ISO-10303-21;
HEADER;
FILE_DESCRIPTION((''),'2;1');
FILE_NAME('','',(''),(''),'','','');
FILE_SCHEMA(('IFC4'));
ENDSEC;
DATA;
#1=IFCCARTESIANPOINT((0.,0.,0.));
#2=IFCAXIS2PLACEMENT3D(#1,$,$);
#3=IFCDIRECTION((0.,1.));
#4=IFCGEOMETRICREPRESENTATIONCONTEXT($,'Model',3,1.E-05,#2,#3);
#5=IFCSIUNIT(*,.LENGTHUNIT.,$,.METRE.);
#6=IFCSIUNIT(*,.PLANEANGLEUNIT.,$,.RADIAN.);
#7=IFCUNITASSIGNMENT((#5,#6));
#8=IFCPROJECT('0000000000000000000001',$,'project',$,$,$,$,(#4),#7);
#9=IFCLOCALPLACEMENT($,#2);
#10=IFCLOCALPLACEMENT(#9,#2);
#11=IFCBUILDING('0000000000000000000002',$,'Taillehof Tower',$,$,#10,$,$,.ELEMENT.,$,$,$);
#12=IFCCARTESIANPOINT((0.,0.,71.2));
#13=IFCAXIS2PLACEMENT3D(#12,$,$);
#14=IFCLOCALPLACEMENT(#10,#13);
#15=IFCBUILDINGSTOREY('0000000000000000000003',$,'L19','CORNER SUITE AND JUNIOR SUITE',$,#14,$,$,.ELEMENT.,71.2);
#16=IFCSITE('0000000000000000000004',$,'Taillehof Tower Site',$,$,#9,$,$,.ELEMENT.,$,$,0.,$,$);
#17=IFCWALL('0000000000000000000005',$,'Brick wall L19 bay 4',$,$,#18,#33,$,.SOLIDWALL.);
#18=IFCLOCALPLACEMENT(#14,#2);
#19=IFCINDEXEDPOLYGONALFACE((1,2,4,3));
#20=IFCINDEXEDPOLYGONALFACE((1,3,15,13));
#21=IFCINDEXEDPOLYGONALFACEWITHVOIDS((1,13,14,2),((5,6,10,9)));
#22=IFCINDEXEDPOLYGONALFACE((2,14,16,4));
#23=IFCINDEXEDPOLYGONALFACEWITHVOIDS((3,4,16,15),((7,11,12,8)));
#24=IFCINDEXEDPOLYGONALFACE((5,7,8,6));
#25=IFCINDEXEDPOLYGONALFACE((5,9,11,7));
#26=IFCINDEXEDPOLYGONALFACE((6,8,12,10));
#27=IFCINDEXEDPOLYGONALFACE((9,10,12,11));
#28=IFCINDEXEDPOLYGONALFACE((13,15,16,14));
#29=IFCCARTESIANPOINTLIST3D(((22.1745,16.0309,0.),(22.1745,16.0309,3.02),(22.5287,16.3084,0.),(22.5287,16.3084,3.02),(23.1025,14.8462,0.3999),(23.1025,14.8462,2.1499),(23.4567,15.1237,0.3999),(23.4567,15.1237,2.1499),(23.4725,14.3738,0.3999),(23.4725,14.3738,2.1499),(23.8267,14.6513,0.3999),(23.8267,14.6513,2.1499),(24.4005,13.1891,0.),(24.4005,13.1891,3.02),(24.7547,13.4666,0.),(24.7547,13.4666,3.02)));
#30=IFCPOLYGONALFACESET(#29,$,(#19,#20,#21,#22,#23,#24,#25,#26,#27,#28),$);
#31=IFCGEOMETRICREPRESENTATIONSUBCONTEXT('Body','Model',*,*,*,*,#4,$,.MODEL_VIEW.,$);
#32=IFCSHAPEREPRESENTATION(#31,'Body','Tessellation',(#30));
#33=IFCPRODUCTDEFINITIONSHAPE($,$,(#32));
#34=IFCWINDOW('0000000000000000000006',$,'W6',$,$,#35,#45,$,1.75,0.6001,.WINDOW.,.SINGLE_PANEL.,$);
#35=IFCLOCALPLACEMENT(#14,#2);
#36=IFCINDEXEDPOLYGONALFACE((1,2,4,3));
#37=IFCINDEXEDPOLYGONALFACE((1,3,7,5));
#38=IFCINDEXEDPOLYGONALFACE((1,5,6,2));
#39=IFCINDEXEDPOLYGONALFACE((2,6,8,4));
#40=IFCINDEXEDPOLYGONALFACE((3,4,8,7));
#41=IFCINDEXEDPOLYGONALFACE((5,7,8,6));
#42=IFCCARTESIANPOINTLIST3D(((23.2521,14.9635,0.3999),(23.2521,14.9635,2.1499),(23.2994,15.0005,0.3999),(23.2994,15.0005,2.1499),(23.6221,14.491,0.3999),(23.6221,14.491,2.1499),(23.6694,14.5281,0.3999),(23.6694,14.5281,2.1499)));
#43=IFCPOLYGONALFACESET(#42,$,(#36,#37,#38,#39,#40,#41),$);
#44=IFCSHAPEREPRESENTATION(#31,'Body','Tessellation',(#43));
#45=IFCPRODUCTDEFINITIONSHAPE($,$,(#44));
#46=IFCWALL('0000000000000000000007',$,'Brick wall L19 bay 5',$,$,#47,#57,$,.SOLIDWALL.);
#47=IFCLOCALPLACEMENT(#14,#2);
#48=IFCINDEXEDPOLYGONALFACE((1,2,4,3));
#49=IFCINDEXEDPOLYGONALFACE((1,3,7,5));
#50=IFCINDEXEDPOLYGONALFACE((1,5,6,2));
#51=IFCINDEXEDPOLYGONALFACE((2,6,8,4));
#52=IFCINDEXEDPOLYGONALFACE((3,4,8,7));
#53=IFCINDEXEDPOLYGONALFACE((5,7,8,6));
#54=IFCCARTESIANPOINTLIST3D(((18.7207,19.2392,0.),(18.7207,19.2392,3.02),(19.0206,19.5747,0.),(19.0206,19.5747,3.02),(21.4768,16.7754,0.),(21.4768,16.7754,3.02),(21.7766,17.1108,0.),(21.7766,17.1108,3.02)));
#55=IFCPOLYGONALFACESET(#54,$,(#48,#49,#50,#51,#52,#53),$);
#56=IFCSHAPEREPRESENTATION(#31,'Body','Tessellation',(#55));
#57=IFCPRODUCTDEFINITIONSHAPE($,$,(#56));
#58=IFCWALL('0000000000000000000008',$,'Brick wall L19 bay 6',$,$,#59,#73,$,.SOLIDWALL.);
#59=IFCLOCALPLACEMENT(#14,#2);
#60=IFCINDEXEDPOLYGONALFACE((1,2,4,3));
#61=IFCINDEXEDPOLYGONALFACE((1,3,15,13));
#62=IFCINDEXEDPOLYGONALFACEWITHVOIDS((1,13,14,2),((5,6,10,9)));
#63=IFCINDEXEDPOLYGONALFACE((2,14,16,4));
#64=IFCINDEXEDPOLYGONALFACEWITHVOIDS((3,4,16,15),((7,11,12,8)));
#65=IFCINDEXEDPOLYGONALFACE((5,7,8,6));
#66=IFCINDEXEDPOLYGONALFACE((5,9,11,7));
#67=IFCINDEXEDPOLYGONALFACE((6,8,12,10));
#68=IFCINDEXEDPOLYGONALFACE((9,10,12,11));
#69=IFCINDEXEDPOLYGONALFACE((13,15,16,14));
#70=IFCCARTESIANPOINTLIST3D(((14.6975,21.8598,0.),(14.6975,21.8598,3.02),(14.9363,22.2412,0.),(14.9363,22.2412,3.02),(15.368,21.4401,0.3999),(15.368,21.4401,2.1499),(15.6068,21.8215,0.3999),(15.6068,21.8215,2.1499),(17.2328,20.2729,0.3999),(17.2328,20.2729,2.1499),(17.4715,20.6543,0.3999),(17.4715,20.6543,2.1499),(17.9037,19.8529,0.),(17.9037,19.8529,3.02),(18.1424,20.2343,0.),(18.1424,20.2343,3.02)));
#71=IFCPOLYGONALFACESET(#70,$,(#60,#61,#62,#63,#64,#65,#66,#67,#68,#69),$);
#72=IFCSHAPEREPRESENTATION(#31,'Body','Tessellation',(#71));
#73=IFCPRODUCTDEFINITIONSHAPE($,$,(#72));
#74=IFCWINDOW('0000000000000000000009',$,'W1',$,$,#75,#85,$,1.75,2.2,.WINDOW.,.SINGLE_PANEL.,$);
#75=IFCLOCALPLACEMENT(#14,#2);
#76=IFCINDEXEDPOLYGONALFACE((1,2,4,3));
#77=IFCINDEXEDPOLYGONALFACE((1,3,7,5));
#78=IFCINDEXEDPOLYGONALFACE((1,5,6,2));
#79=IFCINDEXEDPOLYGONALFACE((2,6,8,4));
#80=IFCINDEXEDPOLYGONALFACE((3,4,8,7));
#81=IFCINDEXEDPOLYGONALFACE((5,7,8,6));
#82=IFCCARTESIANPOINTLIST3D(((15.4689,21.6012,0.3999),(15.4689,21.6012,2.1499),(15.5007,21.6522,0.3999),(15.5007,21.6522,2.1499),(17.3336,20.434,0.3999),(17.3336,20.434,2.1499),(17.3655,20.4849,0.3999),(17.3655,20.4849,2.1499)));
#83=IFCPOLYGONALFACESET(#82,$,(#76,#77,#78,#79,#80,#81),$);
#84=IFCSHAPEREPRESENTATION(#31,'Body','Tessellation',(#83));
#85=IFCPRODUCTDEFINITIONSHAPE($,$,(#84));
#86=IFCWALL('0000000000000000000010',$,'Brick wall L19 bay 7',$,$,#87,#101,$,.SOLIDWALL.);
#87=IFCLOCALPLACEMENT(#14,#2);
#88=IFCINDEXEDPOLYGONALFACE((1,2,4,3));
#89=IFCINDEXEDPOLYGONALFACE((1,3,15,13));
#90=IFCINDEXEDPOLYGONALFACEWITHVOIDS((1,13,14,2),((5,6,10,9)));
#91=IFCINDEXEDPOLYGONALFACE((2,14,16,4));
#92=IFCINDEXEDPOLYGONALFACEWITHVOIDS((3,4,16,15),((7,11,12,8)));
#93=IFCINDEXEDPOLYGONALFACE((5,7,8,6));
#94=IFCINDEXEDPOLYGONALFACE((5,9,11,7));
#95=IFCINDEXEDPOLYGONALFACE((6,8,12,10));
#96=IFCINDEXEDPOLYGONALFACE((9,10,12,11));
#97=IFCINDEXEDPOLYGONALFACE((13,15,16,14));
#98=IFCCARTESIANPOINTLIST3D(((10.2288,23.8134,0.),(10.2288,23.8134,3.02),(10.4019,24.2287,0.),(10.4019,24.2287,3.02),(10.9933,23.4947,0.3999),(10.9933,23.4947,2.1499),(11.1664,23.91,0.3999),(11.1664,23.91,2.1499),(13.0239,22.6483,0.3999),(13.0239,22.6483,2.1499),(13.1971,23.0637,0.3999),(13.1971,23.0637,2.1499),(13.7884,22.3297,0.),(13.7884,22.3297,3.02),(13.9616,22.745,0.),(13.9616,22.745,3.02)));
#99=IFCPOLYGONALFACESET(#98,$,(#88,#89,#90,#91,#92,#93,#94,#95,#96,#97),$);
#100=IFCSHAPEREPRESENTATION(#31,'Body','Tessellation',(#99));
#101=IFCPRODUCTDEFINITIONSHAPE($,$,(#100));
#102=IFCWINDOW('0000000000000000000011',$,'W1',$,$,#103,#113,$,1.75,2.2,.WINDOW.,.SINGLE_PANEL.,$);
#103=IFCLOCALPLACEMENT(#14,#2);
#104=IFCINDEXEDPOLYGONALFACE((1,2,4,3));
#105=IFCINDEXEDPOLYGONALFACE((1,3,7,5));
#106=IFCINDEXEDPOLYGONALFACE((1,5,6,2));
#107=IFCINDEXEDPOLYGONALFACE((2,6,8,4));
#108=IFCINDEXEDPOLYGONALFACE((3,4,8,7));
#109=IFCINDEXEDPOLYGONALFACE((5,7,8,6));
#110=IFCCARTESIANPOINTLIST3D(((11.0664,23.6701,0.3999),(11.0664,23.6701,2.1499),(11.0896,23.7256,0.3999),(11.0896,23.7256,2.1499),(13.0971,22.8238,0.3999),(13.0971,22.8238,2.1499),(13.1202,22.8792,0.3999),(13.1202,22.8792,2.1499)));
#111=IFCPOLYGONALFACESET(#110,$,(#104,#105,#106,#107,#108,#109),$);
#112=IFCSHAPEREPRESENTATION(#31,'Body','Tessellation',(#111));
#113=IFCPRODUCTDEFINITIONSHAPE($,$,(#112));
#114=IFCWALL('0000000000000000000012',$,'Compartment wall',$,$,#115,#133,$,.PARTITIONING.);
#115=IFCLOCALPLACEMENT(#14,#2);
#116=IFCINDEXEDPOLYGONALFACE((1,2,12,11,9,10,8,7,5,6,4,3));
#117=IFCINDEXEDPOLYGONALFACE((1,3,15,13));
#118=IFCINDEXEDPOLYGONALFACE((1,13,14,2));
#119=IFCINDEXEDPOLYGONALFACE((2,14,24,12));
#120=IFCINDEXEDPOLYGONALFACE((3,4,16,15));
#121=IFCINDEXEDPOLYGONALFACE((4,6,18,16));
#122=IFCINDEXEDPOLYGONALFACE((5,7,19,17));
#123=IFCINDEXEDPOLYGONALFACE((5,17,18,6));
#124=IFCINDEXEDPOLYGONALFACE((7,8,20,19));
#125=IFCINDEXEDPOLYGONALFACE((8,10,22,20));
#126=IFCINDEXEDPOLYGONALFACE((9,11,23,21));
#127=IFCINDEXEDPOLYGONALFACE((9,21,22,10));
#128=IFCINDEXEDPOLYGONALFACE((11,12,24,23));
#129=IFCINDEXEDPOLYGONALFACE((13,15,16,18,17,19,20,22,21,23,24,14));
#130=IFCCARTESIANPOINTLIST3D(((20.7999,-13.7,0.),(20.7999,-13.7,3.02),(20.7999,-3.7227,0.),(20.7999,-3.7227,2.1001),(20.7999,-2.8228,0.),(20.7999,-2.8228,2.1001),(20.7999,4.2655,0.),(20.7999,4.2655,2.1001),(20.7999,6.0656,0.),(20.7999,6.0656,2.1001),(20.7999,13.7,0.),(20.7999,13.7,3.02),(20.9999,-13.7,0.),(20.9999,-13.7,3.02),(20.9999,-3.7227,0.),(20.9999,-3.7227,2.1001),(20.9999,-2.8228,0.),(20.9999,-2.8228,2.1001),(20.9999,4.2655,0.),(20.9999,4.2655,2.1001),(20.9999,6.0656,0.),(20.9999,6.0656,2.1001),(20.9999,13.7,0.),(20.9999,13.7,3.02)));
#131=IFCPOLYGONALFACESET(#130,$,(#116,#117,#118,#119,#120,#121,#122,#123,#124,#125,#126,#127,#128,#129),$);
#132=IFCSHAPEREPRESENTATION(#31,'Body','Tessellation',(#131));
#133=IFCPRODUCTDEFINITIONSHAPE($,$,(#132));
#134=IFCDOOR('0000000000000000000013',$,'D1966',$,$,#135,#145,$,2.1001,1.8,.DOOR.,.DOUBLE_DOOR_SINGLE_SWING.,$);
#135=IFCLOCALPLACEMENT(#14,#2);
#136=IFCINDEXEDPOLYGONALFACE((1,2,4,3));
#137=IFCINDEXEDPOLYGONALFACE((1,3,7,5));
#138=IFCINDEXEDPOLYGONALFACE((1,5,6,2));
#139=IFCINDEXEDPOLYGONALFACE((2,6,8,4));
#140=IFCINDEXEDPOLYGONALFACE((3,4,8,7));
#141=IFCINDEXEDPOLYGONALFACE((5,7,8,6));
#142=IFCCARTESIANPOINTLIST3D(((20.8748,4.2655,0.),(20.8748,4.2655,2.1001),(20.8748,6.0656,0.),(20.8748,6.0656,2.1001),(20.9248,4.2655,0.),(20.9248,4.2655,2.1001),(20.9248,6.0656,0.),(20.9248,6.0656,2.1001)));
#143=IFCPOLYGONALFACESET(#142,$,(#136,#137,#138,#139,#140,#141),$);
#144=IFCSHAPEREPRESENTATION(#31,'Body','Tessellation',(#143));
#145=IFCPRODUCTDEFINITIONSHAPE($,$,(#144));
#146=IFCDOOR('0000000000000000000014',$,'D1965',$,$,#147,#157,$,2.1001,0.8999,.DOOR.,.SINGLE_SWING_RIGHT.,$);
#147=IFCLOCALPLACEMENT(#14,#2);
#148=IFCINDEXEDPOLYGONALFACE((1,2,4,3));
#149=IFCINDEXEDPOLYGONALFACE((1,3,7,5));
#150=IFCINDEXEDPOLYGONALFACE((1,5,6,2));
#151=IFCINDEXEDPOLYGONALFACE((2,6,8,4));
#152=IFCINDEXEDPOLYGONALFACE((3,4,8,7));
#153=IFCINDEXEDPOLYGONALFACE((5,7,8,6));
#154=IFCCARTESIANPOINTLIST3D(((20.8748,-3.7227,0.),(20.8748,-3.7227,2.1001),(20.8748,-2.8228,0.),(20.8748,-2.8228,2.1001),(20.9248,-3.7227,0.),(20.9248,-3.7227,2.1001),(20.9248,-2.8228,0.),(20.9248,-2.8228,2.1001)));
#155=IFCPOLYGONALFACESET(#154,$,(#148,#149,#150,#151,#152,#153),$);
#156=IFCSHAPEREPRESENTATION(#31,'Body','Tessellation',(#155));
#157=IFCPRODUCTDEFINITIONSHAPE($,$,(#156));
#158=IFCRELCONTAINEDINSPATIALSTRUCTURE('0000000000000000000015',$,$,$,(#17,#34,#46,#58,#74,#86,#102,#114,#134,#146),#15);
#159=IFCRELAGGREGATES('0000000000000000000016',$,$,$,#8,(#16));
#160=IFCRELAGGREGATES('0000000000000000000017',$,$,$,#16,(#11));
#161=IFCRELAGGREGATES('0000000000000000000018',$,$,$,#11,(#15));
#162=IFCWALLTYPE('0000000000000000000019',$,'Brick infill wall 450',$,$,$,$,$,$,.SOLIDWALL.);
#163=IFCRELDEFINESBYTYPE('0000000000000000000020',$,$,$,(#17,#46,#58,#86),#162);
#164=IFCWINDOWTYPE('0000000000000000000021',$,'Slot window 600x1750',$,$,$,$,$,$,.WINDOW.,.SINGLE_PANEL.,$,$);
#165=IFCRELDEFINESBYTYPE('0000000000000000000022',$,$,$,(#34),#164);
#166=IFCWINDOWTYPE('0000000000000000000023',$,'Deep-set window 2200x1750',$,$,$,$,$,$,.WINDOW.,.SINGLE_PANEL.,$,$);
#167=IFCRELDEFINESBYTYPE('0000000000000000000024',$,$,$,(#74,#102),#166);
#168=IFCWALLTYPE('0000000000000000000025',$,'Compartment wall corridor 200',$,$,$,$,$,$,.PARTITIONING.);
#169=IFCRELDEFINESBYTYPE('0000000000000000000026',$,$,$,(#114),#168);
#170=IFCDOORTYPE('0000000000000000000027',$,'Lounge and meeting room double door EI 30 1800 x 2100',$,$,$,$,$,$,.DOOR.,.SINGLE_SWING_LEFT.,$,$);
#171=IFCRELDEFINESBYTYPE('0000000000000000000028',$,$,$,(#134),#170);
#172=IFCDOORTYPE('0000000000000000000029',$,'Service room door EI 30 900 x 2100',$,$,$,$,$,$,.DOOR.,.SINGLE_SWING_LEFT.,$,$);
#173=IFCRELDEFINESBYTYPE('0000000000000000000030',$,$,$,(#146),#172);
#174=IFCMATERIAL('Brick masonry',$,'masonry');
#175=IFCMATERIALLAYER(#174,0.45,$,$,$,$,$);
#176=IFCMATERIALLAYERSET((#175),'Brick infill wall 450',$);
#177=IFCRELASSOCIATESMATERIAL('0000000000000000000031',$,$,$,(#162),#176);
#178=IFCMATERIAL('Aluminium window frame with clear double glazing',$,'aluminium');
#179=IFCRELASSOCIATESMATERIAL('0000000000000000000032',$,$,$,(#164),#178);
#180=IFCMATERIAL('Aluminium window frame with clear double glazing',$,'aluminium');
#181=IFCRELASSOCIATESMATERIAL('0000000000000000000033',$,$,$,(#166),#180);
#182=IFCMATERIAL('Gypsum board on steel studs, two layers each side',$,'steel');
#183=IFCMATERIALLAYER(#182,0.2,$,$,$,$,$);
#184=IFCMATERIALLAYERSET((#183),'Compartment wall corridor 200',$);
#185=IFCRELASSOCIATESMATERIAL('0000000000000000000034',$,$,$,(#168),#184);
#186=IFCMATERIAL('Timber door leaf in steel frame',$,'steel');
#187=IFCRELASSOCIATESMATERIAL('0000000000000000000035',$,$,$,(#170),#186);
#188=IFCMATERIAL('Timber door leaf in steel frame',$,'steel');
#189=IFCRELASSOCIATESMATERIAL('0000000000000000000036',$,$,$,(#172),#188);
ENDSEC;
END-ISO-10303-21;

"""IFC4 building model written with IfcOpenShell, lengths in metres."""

from ifc_helpers import new_model, si_unit, direction, frame, frame_2d, origin, place, context, subcontext, project, spatial, rectangle, extrude, material, layer, layer_set, type_object, element, fill, save


model = new_model("IFC4")

# Units and contexts
model_context = context("Model", 3, precision=1e-05, world=origin(), true_north=direction((0.0, 1.0)))
body_context = subcontext(model_context, "Body", "Model", "MODEL_VIEW")
ifc_project = project(units=[si_unit("LENGTHUNIT", "METRE"), si_unit("PLANEANGLEUNIT", "RADIAN")], contexts=[model_context])

# Site, building, storey
site_placement = place(None, origin())
site = spatial("IfcSite", under=ifc_project, at=site_placement, Name="Taillehof Tower Site", CompositionType="ELEMENT", RefElevation=0.0)
building_placement = place(site_placement, origin())
building = spatial("IfcBuilding", under=site, at=building_placement, Name="Taillehof Tower", CompositionType="ELEMENT")
storey_placement = place(building_placement, frame((0.0, 0.0, 71.2)))
storey = spatial("IfcBuildingStorey", under=building, at=storey_placement, Name="L19", Description="CORNER SUITE AND JUNIOR SUITE", CompositionType="ELEMENT", Elevation=71.2)

# Wall, opening, window
ifc_material_1 = material(Name="Brick masonry", Category="masonry")
ifc_layer_1 = layer(ifc_material_1, 0.45)
ifc_layer_set_1 = layer_set([ifc_layer_1], Name="Brick infill wall 450")
wall_type_1 = type_object("IfcWallType", Name="Brick infill wall 450", PredefinedType="SOLIDWALL", material=ifc_layer_set_1)
wall_1_placement = place(storey_placement, frame((24.5776, 13.3279, 0.0), z_axis=(0.0, 0.0, 1.0), x_axis=(-0.616662, 0.787228, 0.0)))
wall_1 = element("IfcWall", 1, at=wall_1_placement, inside=storey, type_object=wall_type_1, Name="Brick wall L19 bay 4", PredefinedType="SOLIDWALL", context=body_context, shape_type="SweptSolid", body=[
    extrude(rectangle(XDim=3.6099, YDim=0.45, at=frame_2d((1.8049, 0.0))), origin(), (0.0, 0.0, 1.0), 3.02),
])
opening_1_placement = place(wall_1_placement, frame((1.5049, 0.0, 0.3999)))
opening_1 = element("IfcOpeningElement", 2, at=opening_1_placement, cuts=wall_1, PredefinedType="OPENING", context=body_context, shape_type="SweptSolid", body=[
    extrude(rectangle(XDim=0.6001, YDim=1.75, at=frame_2d((0.3, 0.875))), frame((0.0, 0.2349, 0.0), z_axis=(0.0, -1.0, 0.0), x_axis=(1.0, 0.0, 0.0)), (0.0, 0.0, 1.0), 0.47),
])
ifc_material_2 = material(Name="Aluminium window frame with clear double glazing", Category="aluminium")
window_type_1 = type_object("IfcWindowType", Name="Slot window 600x1750", PartitioningType="SINGLE_PANEL", PredefinedType="WINDOW", material=ifc_material_2)
window_1_placement = place(opening_1_placement, origin())
window_1 = element("IfcWindow", 3, at=window_1_placement, inside=storey, type_object=window_type_1, Name="W6", OverallHeight=1.75, OverallWidth=0.6001, PartitioningType="SINGLE_PANEL", PredefinedType="WINDOW", context=body_context, shape_type="SweptSolid", body=[
    extrude(rectangle(XDim=0.6001, YDim=1.75, at=frame_2d((0.3, 0.875))), frame((0.0, 0.0349, 0.0), z_axis=(0.0, -1.0, 0.0), x_axis=(1.0, 0.0, 0.0)), (0.0, 0.0, 1.0), 0.0601),
])
fill(opening_1, window_1)

# Wall
wall_2_placement = place(storey_placement, frame((21.6267, 16.9431, 0.0), z_axis=(0.0, 0.0, 1.0), x_axis=(-0.745526, 0.666476, 0.0)))
element("IfcWall", 4, at=wall_2_placement, inside=storey, type_object=wall_type_1, Name="Brick wall L19 bay 5", PredefinedType="SOLIDWALL", context=body_context, shape_type="SweptSolid", body=[
    extrude(rectangle(XDim=3.6968, YDim=0.45, at=frame_2d((1.8484, 0.0))), origin(), (0.0, 0.0, 1.0), 3.02),
])

# Walls, openings, windows
wall_3_placement = place(storey_placement, frame((18.0229, 20.0437, 0.0), z_axis=(0.0, 0.0, 1.0), x_axis=(-0.847635, 0.530579, 0.0)))
wall_3 = element("IfcWall", 5, at=wall_3_placement, inside=storey, type_object=wall_type_1, Name="Brick wall L19 bay 6", PredefinedType="SOLIDWALL", context=body_context, shape_type="SweptSolid", body=[
    extrude(rectangle(XDim=3.7825, YDim=0.45, at=frame_2d((1.8911, 0.0))), origin(), (0.0, 0.0, 1.0), 3.02),
])
opening_2_placement = place(wall_3_placement, frame((0.7913, 0.0, 0.3999)))
opening_2 = element("IfcOpeningElement", 6, at=opening_2_placement, cuts=wall_3, PredefinedType="OPENING", context=body_context, shape_type="SweptSolid", body=[
    extrude(rectangle(XDim=2.2, YDim=1.75, at=frame_2d((1.1001, 0.875))), frame((0.0, 0.2349, 0.0), z_axis=(0.0, -1.0, 0.0), x_axis=(1.0, 0.0, 0.0)), (0.0, 0.0, 1.0), 0.47),
])
ifc_material_3 = material(Name="Aluminium window frame with clear double glazing", Category="aluminium")
window_type_2 = type_object("IfcWindowType", Name="Deep-set window 2200x1750", PartitioningType="SINGLE_PANEL", PredefinedType="WINDOW", material=ifc_material_3)
window_2_placement = place(opening_2_placement, origin())
window_2 = element("IfcWindow", 7, at=window_2_placement, inside=storey, type_object=window_type_2, Name="W1", OverallHeight=1.75, OverallWidth=2.2, PartitioningType="SINGLE_PANEL", PredefinedType="WINDOW", context=body_context, shape_type="SweptSolid", body=[
    extrude(rectangle(XDim=2.2, YDim=1.75, at=frame_2d((1.1001, 0.875))), frame((0.0, 0.0349, 0.0), z_axis=(0.0, -1.0, 0.0), x_axis=(1.0, 0.0, 0.0)), (0.0, 0.0, 1.0), 0.0601),
])
fill(opening_2, window_2)
wall_4_placement = place(storey_placement, frame((13.875, 22.5374, 0.0), z_axis=(0.0, 0.0, 1.0), x_axis=(-0.923032, 0.384723, 0.0)))
wall_4 = element("IfcWall", 8, at=wall_4_placement, inside=storey, type_object=wall_type_1, Name="Brick wall L19 bay 7", PredefinedType="SOLIDWALL", context=body_context, shape_type="SweptSolid", body=[
    extrude(rectangle(XDim=3.8564, YDim=0.45, at=frame_2d((1.9282, 0.0))), origin(), (0.0, 0.0, 1.0), 3.02),
])
opening_3_placement = place(wall_4_placement, frame((0.8281, 0.0, 0.3999)))
opening_3 = element("IfcOpeningElement", 9, at=opening_3_placement, cuts=wall_4, PredefinedType="OPENING", context=body_context, shape_type="SweptSolid", body=[
    extrude(rectangle(XDim=2.2, YDim=1.75, at=frame_2d((1.1001, 0.875))), frame((0.0, 0.2349, 0.0), z_axis=(0.0, -1.0, 0.0), x_axis=(1.0, 0.0, 0.0)), (0.0, 0.0, 1.0), 0.47),
])
window_3_placement = place(opening_3_placement, origin())
window_3 = element("IfcWindow", 10, at=window_3_placement, inside=storey, type_object=window_type_2, Name="W1", OverallHeight=1.75, OverallWidth=2.2, PartitioningType="SINGLE_PANEL", PredefinedType="WINDOW", context=body_context, shape_type="SweptSolid", body=[
    extrude(rectangle(XDim=2.2, YDim=1.75, at=frame_2d((1.1001, 0.875))), frame((0.0, 0.0349, 0.0), z_axis=(0.0, -1.0, 0.0), x_axis=(1.0, 0.0, 0.0)), (0.0, 0.0, 1.0), 0.0601),
])
fill(opening_3, window_3)

# Wall, openings, doors
ifc_material_4 = material(Name="Gypsum board on steel studs, two layers each side", Category="steel")
ifc_layer_2 = layer(ifc_material_4, 0.2)
ifc_layer_set_2 = layer_set([ifc_layer_2], Name="Compartment wall corridor 200")
wall_type_2 = type_object("IfcWallType", Name="Compartment wall corridor 200", PredefinedType="PARTITIONING", material=ifc_layer_set_2)
wall_5_placement = place(storey_placement, frame((20.8999, 13.7, 0.0), z_axis=(0.0, 0.0, 1.0), x_axis=(0.0, -1.0, 0.0)))
wall_5 = element("IfcWall", 11, at=wall_5_placement, inside=storey, type_object=wall_type_2, Name="Compartment wall", PredefinedType="PARTITIONING", context=body_context, shape_type="SweptSolid", body=[
    extrude(rectangle(XDim=27.3999, YDim=0.2, at=frame_2d((13.7, 0.0))), origin(), (0.0, 0.0, 1.0), 3.02),
])
opening_4_placement = place(wall_5_placement, frame((16.5227, 0.0, 0.0)))
opening_4 = element("IfcOpeningElement", 12, at=opening_4_placement, cuts=wall_5, PredefinedType="OPENING", context=body_context, shape_type="SweptSolid", body=[
    extrude(rectangle(XDim=0.8999, YDim=2.1001, at=frame_2d((0.45, 1.05))), frame((0.0, 0.1099, 0.0), z_axis=(0.0, -1.0, 0.0), x_axis=(1.0, 0.0, 0.0)), (0.0, 0.0, 1.0), 0.22),
])
opening_5_placement = place(wall_5_placement, frame((7.6345, 0.0, 0.0)))
opening_5 = element("IfcOpeningElement", 13, at=opening_5_placement, cuts=wall_5, PredefinedType="OPENING", context=body_context, shape_type="SweptSolid", body=[
    extrude(rectangle(XDim=1.8, YDim=2.1001, at=frame_2d((0.8999, 1.05))), frame((0.0, 0.1099, 0.0), z_axis=(0.0, -1.0, 0.0), x_axis=(1.0, 0.0, 0.0)), (0.0, 0.0, 1.0), 0.22),
])
ifc_material_5 = material(Name="Timber door leaf in steel frame", Category="steel")
door_type_1 = type_object("IfcDoorType", Name="Lounge and meeting room double door EI 30 1800 x 2100", OperationType="SINGLE_SWING_LEFT", PredefinedType="DOOR", material=ifc_material_5)
door_1_placement = place(opening_5_placement, origin())
door_1 = element("IfcDoor", 14, at=door_1_placement, inside=storey, type_object=door_type_1, Name="D1966", OperationType="DOUBLE_DOOR_SINGLE_SWING", OverallHeight=2.1001, OverallWidth=1.8, PredefinedType="DOOR", context=body_context, shape_type="SweptSolid", body=[
    extrude(rectangle(XDim=1.8, YDim=2.1001, at=frame_2d((0.8999, 1.05))), frame((0.0, 0.0249, 0.0), z_axis=(0.0, -1.0, 0.0), x_axis=(1.0, 0.0, 0.0)), (0.0, 0.0, 1.0), 0.05),
])
fill(opening_5, door_1)
ifc_material_6 = material(Name="Timber door leaf in steel frame", Category="steel")
door_type_2 = type_object("IfcDoorType", Name="Service room door EI 30 900 x 2100", OperationType="SINGLE_SWING_LEFT", PredefinedType="DOOR", material=ifc_material_6)
door_2_placement = place(opening_4_placement, origin())
door_2 = element("IfcDoor", 15, at=door_2_placement, inside=storey, type_object=door_type_2, Name="D1965", OperationType="SINGLE_SWING_RIGHT", OverallHeight=2.1001, OverallWidth=0.8999, PredefinedType="DOOR", context=body_context, shape_type="SweptSolid", body=[
    extrude(rectangle(XDim=0.8999, YDim=2.1001, at=frame_2d((0.45, 1.05))), frame((0.0, 0.0249, 0.0), z_axis=(0.0, -1.0, 0.0), x_axis=(1.0, 0.0, 0.0)), (0.0, 0.0, 1.0), 0.05),
])
fill(opening_4, door_2)

save(model, "model.ifc")
